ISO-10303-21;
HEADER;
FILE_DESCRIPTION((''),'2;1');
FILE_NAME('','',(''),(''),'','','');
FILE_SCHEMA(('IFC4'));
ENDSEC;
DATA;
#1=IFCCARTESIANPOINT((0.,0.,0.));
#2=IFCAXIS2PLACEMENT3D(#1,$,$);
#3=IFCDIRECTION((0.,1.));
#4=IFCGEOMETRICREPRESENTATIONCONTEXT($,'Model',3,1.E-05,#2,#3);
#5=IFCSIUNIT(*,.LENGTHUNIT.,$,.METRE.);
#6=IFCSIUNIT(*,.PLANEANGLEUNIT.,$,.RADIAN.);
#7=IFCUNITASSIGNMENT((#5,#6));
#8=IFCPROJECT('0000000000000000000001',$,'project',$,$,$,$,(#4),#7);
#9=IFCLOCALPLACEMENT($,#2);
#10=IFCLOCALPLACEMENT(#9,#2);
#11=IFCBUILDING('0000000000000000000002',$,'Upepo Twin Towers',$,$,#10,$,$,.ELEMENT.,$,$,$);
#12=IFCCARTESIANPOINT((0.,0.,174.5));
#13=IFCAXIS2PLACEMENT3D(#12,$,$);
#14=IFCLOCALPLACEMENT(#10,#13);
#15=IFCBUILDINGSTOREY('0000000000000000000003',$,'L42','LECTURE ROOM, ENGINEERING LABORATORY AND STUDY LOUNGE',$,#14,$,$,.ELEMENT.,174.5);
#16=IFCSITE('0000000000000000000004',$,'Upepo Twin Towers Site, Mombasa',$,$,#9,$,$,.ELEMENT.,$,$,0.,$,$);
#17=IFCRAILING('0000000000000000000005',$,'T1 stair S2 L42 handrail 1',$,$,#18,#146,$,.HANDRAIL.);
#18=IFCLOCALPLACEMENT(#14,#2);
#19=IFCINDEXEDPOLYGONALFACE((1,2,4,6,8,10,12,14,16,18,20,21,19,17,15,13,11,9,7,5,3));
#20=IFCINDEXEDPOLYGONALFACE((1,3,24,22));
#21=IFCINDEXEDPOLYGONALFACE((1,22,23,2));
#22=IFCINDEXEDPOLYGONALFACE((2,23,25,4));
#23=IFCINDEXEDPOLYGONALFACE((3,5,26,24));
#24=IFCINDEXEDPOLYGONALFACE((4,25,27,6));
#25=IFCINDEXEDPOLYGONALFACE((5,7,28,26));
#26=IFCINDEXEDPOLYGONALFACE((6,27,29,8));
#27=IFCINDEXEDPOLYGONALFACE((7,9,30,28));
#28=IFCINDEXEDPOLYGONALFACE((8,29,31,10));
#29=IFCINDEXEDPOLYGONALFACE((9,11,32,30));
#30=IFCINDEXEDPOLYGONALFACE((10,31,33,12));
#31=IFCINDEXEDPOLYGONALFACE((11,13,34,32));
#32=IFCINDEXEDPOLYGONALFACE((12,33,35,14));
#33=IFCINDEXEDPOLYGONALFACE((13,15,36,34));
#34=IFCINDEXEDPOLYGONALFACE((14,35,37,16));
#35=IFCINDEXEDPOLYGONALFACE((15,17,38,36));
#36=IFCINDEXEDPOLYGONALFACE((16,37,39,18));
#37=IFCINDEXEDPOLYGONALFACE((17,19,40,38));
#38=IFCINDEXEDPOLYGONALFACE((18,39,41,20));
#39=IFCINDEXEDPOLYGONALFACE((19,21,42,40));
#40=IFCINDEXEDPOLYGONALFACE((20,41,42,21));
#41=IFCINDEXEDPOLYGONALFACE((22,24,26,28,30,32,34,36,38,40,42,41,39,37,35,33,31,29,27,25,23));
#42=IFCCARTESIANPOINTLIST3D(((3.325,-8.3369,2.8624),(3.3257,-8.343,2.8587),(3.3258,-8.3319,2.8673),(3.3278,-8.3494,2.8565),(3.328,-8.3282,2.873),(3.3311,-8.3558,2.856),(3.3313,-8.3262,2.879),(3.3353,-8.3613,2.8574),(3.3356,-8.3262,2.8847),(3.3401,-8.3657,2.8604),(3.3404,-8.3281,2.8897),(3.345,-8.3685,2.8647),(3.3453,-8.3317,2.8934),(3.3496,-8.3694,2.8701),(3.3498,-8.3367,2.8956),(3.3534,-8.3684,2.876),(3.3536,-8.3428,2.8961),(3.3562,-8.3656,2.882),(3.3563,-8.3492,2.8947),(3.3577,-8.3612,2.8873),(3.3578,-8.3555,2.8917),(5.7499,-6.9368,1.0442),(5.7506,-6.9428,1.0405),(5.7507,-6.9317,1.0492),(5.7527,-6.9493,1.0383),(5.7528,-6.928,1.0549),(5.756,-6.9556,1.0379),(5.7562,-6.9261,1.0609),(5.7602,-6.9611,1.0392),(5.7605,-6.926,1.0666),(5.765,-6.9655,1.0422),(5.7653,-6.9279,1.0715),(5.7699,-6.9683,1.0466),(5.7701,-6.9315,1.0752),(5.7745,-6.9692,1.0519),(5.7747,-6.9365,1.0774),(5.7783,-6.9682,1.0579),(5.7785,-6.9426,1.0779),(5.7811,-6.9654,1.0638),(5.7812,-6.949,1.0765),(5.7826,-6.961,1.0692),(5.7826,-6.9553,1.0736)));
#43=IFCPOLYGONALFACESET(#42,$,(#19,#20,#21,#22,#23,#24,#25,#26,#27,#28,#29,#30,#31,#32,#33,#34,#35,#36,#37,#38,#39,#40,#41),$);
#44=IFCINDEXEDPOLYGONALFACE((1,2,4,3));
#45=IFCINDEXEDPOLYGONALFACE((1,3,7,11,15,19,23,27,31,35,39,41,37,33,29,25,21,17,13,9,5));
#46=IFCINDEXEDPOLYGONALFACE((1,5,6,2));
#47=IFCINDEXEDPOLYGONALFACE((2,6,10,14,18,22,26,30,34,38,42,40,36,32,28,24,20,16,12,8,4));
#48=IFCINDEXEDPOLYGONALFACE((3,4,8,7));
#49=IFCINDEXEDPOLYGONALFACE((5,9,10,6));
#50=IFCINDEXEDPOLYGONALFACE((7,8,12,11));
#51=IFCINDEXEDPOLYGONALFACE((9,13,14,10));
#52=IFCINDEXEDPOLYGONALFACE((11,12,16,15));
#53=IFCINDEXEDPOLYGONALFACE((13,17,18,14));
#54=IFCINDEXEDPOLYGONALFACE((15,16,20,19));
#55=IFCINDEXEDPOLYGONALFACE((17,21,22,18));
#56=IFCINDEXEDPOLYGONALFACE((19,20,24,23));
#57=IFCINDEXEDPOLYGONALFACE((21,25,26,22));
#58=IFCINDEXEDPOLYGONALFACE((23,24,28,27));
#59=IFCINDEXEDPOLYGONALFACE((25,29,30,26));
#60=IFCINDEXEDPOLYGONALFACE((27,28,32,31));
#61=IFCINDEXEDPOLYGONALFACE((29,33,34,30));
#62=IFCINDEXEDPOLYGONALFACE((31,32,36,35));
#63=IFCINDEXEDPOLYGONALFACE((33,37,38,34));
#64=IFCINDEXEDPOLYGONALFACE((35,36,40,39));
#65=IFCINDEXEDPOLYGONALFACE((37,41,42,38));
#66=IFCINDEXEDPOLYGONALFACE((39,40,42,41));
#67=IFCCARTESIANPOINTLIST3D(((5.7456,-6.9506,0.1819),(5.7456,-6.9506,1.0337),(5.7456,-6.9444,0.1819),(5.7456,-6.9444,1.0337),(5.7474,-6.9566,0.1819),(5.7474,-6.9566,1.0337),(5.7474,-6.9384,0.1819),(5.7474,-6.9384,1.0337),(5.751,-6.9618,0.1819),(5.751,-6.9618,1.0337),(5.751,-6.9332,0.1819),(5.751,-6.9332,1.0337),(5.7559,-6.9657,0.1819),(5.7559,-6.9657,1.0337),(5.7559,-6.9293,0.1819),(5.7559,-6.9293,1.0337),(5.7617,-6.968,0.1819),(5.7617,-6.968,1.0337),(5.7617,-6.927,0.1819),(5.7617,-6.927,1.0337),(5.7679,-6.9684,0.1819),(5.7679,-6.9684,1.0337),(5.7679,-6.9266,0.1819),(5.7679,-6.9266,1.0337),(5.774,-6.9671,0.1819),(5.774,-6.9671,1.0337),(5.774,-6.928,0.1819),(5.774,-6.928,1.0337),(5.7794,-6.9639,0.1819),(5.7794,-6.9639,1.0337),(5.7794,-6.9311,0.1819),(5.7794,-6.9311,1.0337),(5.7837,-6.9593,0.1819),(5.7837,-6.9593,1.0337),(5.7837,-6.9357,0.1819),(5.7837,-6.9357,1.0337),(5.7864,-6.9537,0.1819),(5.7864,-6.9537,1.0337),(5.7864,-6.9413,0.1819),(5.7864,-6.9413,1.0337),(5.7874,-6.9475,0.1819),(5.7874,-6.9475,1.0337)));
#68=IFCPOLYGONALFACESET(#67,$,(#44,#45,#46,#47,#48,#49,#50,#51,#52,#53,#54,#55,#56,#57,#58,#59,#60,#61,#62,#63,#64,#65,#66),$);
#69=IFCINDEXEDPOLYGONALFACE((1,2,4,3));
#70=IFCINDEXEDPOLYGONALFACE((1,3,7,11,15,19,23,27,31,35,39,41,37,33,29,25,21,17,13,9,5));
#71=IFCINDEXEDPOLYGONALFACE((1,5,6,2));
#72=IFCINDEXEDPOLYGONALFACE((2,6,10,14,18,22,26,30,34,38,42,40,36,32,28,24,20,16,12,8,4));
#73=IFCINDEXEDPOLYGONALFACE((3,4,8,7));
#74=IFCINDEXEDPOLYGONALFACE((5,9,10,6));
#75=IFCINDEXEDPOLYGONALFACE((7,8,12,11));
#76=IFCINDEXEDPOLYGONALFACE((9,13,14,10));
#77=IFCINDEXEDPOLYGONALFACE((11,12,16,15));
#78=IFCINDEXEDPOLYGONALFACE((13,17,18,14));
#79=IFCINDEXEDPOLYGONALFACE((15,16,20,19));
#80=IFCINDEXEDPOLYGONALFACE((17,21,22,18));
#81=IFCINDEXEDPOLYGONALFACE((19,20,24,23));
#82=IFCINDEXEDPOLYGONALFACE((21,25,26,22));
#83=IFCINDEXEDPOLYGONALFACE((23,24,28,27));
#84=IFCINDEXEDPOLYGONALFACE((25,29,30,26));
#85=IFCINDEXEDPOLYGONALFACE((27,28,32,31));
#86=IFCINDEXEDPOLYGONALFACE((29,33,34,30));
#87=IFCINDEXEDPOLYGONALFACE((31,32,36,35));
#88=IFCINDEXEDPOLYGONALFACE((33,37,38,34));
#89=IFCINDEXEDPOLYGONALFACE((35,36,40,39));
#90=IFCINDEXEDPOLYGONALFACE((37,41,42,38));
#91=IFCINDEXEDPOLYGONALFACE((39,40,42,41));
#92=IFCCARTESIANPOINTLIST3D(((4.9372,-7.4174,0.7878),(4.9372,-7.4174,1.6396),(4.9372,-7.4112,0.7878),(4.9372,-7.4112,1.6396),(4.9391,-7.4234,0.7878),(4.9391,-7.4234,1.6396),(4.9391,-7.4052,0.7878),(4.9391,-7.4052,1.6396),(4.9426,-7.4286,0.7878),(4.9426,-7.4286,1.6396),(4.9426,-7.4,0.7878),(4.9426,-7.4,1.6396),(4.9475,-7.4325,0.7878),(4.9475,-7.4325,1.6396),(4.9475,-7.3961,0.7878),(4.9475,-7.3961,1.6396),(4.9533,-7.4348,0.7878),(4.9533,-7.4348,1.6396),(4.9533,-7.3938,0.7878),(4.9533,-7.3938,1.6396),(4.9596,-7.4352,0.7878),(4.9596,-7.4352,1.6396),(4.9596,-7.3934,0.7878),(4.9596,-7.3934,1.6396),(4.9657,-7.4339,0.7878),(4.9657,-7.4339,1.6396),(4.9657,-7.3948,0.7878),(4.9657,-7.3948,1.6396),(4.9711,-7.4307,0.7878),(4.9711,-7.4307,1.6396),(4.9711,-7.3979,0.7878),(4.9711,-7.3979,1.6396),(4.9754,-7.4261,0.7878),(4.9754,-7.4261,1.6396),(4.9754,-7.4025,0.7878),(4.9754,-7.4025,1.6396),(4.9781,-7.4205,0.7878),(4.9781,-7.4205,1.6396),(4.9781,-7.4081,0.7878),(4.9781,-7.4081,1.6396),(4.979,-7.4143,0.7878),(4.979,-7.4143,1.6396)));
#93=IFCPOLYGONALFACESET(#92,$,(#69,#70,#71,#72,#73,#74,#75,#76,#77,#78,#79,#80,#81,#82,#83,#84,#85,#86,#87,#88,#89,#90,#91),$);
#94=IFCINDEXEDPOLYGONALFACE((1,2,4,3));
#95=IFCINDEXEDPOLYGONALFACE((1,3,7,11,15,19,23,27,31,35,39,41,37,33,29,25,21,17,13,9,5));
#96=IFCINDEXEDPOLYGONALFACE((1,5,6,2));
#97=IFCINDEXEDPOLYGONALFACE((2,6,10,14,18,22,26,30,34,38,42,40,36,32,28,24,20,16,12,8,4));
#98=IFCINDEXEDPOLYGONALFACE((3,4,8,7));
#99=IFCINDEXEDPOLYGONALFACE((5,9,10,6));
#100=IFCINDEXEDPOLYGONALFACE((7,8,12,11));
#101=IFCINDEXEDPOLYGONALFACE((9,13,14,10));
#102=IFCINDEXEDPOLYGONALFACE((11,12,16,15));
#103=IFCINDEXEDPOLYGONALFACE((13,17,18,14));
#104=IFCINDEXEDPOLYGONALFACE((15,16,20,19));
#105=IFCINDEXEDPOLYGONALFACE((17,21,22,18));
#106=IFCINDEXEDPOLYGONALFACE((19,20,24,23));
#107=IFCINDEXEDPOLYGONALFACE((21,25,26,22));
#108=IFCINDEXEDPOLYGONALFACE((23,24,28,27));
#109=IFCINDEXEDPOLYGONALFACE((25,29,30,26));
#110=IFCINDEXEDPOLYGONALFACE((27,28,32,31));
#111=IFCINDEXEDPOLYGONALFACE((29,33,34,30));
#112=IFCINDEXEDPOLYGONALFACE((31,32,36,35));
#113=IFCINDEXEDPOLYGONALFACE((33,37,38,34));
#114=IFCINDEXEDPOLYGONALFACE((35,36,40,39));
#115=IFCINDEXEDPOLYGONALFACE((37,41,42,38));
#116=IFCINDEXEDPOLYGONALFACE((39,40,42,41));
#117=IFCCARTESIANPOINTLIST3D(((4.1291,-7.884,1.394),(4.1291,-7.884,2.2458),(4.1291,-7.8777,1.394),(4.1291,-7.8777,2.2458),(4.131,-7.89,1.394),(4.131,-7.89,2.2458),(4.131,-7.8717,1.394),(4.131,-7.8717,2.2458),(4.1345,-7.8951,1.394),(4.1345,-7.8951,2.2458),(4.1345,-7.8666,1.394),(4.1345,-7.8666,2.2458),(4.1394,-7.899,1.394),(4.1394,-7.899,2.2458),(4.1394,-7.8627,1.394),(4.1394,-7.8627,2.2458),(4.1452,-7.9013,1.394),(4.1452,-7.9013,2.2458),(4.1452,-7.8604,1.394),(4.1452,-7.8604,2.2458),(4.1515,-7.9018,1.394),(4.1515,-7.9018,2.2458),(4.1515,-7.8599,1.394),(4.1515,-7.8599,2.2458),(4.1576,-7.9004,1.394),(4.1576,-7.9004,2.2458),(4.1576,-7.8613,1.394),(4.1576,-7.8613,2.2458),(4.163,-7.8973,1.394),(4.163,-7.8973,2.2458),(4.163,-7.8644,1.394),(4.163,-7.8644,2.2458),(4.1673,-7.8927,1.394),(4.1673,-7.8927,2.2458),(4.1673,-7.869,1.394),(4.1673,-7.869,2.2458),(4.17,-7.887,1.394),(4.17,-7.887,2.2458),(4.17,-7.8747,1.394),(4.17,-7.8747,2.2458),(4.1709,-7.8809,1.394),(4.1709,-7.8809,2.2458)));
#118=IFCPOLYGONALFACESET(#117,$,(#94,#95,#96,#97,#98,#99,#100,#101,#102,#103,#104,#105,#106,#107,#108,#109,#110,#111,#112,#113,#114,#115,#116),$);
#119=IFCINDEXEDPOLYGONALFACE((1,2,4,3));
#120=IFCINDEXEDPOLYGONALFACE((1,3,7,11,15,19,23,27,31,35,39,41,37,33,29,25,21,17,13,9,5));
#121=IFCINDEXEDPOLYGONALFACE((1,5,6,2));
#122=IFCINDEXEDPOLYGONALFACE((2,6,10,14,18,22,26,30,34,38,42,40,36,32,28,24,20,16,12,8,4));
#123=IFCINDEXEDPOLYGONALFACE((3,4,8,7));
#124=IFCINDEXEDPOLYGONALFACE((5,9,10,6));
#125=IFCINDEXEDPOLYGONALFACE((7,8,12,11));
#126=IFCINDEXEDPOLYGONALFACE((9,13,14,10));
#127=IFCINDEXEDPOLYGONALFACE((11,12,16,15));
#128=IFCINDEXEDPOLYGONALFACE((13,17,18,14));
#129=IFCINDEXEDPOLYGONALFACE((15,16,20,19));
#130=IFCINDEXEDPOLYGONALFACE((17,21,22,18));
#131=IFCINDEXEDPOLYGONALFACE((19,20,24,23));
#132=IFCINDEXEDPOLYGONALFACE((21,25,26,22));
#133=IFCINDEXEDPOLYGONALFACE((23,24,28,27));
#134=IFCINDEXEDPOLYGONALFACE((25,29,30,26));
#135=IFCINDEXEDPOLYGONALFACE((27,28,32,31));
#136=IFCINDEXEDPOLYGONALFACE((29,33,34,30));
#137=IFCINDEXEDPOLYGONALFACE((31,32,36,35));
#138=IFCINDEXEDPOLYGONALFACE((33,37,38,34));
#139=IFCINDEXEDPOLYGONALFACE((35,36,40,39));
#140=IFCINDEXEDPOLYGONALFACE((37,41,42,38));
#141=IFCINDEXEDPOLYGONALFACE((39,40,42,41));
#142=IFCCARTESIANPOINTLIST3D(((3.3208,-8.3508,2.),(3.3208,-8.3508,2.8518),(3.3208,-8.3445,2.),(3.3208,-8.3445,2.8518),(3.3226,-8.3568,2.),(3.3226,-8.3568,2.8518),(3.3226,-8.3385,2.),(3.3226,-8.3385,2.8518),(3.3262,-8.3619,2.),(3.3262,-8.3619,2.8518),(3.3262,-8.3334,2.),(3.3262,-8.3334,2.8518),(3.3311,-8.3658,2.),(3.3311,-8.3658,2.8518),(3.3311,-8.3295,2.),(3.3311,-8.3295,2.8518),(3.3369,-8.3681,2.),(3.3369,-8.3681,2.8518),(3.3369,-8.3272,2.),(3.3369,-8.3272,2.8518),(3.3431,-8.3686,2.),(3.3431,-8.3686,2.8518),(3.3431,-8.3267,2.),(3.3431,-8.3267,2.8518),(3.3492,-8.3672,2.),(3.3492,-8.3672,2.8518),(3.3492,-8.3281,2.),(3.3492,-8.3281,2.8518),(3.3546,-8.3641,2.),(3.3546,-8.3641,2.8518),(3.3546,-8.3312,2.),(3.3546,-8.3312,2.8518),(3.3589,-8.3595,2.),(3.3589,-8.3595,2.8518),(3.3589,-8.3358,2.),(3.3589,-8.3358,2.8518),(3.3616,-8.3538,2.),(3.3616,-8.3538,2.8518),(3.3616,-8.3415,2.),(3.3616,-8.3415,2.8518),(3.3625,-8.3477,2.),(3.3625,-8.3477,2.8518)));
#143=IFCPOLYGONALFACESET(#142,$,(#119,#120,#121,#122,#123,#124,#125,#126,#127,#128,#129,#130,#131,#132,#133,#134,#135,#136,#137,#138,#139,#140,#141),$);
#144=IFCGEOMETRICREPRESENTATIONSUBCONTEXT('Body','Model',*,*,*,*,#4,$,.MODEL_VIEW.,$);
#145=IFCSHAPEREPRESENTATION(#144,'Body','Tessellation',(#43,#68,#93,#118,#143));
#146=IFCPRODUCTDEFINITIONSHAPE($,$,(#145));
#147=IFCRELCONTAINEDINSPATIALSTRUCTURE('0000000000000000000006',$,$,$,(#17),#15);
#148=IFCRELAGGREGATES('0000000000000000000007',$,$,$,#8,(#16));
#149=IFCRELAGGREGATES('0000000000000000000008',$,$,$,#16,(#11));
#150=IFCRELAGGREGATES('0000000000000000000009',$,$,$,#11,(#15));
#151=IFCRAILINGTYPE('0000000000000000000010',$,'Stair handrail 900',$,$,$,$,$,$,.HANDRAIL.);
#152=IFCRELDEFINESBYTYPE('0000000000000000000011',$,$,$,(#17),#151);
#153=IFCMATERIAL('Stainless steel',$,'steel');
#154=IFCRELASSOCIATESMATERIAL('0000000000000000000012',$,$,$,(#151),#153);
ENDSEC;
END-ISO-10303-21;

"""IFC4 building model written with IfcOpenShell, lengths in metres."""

from ifc_helpers import new_model, si_unit, direction, frame, origin, origin_2d, place, context, subcontext, project, spatial, circle, extrude, material, type_object, element, save


model = new_model("IFC4")

# Units and contexts
model_context = context("Model", 3, precision=1e-05, world=origin(), true_north=direction((0.0, 1.0)))
body_context = subcontext(model_context, "Body", "Model", "MODEL_VIEW")
ifc_project = project(units=[si_unit("LENGTHUNIT", "METRE"), si_unit("PLANEANGLEUNIT", "RADIAN")], contexts=[model_context])

# Site, building, storey
site_placement = place(None, origin())
site = spatial("IfcSite", under=ifc_project, at=site_placement, Name="Upepo Twin Towers Site, Mombasa", CompositionType="ELEMENT", RefElevation=0.0)
building_placement = place(site_placement, origin())
building = spatial("IfcBuilding", under=site, at=building_placement, Name="Upepo Twin Towers", CompositionType="ELEMENT")
storey_placement = place(building_placement, frame((0.0, 0.0, 174.5)))
storey = spatial("IfcBuildingStorey", under=building, at=storey_placement, Name="L42", Description="LECTURE ROOM, ENGINEERING LABORATORY AND STUDY LOUNGE", CompositionType="ELEMENT", Elevation=174.5)

# Railing
ifc_material_1 = material(Name="Stainless steel", Category="steel")
railing_type = type_object("IfcRailingType", Name="Stair handrail 900", PredefinedType="HANDRAIL", material=ifc_material_1)
railing_1_placement = place(storey_placement, frame((5.7664, -6.9475, 0.1819)))
element("IfcRailing", 1, at=railing_1_placement, inside=storey, type_object=railing_type, Name="T1 stair S2 L42 handrail 1", PredefinedType="HANDRAIL", context=body_context, shape_type="SweptSolid", body=[
    extrude(circle(Radius=0.0239, at=origin_2d()), frame((0.0, 0.0, 0.876), z_axis=(-0.726314, -0.419393, 0.544589), x_axis=(0.50005, -0.865997, 0.0)), (0.0, 0.0, 1.0), 3.3386),
    extrude(circle(Radius=0.021, at=origin_2d()), origin(), (0.0, 0.0, 1.0), 0.8518),
    extrude(circle(Radius=0.021, at=origin_2d()), frame((-0.8083, -0.4668, 0.606)), (0.0, 0.0, 1.0), 0.8518),
    extrude(circle(Radius=0.021, at=origin_2d()), frame((-1.6165, -0.9333, 1.2122)), (0.0, 0.0, 1.0), 0.8518),
    extrude(circle(Radius=0.021, at=origin_2d()), frame((-2.4248, -1.4001, 1.8181)), (0.0, 0.0, 1.0), 0.8518),
])

save(model, "model.ifc")
